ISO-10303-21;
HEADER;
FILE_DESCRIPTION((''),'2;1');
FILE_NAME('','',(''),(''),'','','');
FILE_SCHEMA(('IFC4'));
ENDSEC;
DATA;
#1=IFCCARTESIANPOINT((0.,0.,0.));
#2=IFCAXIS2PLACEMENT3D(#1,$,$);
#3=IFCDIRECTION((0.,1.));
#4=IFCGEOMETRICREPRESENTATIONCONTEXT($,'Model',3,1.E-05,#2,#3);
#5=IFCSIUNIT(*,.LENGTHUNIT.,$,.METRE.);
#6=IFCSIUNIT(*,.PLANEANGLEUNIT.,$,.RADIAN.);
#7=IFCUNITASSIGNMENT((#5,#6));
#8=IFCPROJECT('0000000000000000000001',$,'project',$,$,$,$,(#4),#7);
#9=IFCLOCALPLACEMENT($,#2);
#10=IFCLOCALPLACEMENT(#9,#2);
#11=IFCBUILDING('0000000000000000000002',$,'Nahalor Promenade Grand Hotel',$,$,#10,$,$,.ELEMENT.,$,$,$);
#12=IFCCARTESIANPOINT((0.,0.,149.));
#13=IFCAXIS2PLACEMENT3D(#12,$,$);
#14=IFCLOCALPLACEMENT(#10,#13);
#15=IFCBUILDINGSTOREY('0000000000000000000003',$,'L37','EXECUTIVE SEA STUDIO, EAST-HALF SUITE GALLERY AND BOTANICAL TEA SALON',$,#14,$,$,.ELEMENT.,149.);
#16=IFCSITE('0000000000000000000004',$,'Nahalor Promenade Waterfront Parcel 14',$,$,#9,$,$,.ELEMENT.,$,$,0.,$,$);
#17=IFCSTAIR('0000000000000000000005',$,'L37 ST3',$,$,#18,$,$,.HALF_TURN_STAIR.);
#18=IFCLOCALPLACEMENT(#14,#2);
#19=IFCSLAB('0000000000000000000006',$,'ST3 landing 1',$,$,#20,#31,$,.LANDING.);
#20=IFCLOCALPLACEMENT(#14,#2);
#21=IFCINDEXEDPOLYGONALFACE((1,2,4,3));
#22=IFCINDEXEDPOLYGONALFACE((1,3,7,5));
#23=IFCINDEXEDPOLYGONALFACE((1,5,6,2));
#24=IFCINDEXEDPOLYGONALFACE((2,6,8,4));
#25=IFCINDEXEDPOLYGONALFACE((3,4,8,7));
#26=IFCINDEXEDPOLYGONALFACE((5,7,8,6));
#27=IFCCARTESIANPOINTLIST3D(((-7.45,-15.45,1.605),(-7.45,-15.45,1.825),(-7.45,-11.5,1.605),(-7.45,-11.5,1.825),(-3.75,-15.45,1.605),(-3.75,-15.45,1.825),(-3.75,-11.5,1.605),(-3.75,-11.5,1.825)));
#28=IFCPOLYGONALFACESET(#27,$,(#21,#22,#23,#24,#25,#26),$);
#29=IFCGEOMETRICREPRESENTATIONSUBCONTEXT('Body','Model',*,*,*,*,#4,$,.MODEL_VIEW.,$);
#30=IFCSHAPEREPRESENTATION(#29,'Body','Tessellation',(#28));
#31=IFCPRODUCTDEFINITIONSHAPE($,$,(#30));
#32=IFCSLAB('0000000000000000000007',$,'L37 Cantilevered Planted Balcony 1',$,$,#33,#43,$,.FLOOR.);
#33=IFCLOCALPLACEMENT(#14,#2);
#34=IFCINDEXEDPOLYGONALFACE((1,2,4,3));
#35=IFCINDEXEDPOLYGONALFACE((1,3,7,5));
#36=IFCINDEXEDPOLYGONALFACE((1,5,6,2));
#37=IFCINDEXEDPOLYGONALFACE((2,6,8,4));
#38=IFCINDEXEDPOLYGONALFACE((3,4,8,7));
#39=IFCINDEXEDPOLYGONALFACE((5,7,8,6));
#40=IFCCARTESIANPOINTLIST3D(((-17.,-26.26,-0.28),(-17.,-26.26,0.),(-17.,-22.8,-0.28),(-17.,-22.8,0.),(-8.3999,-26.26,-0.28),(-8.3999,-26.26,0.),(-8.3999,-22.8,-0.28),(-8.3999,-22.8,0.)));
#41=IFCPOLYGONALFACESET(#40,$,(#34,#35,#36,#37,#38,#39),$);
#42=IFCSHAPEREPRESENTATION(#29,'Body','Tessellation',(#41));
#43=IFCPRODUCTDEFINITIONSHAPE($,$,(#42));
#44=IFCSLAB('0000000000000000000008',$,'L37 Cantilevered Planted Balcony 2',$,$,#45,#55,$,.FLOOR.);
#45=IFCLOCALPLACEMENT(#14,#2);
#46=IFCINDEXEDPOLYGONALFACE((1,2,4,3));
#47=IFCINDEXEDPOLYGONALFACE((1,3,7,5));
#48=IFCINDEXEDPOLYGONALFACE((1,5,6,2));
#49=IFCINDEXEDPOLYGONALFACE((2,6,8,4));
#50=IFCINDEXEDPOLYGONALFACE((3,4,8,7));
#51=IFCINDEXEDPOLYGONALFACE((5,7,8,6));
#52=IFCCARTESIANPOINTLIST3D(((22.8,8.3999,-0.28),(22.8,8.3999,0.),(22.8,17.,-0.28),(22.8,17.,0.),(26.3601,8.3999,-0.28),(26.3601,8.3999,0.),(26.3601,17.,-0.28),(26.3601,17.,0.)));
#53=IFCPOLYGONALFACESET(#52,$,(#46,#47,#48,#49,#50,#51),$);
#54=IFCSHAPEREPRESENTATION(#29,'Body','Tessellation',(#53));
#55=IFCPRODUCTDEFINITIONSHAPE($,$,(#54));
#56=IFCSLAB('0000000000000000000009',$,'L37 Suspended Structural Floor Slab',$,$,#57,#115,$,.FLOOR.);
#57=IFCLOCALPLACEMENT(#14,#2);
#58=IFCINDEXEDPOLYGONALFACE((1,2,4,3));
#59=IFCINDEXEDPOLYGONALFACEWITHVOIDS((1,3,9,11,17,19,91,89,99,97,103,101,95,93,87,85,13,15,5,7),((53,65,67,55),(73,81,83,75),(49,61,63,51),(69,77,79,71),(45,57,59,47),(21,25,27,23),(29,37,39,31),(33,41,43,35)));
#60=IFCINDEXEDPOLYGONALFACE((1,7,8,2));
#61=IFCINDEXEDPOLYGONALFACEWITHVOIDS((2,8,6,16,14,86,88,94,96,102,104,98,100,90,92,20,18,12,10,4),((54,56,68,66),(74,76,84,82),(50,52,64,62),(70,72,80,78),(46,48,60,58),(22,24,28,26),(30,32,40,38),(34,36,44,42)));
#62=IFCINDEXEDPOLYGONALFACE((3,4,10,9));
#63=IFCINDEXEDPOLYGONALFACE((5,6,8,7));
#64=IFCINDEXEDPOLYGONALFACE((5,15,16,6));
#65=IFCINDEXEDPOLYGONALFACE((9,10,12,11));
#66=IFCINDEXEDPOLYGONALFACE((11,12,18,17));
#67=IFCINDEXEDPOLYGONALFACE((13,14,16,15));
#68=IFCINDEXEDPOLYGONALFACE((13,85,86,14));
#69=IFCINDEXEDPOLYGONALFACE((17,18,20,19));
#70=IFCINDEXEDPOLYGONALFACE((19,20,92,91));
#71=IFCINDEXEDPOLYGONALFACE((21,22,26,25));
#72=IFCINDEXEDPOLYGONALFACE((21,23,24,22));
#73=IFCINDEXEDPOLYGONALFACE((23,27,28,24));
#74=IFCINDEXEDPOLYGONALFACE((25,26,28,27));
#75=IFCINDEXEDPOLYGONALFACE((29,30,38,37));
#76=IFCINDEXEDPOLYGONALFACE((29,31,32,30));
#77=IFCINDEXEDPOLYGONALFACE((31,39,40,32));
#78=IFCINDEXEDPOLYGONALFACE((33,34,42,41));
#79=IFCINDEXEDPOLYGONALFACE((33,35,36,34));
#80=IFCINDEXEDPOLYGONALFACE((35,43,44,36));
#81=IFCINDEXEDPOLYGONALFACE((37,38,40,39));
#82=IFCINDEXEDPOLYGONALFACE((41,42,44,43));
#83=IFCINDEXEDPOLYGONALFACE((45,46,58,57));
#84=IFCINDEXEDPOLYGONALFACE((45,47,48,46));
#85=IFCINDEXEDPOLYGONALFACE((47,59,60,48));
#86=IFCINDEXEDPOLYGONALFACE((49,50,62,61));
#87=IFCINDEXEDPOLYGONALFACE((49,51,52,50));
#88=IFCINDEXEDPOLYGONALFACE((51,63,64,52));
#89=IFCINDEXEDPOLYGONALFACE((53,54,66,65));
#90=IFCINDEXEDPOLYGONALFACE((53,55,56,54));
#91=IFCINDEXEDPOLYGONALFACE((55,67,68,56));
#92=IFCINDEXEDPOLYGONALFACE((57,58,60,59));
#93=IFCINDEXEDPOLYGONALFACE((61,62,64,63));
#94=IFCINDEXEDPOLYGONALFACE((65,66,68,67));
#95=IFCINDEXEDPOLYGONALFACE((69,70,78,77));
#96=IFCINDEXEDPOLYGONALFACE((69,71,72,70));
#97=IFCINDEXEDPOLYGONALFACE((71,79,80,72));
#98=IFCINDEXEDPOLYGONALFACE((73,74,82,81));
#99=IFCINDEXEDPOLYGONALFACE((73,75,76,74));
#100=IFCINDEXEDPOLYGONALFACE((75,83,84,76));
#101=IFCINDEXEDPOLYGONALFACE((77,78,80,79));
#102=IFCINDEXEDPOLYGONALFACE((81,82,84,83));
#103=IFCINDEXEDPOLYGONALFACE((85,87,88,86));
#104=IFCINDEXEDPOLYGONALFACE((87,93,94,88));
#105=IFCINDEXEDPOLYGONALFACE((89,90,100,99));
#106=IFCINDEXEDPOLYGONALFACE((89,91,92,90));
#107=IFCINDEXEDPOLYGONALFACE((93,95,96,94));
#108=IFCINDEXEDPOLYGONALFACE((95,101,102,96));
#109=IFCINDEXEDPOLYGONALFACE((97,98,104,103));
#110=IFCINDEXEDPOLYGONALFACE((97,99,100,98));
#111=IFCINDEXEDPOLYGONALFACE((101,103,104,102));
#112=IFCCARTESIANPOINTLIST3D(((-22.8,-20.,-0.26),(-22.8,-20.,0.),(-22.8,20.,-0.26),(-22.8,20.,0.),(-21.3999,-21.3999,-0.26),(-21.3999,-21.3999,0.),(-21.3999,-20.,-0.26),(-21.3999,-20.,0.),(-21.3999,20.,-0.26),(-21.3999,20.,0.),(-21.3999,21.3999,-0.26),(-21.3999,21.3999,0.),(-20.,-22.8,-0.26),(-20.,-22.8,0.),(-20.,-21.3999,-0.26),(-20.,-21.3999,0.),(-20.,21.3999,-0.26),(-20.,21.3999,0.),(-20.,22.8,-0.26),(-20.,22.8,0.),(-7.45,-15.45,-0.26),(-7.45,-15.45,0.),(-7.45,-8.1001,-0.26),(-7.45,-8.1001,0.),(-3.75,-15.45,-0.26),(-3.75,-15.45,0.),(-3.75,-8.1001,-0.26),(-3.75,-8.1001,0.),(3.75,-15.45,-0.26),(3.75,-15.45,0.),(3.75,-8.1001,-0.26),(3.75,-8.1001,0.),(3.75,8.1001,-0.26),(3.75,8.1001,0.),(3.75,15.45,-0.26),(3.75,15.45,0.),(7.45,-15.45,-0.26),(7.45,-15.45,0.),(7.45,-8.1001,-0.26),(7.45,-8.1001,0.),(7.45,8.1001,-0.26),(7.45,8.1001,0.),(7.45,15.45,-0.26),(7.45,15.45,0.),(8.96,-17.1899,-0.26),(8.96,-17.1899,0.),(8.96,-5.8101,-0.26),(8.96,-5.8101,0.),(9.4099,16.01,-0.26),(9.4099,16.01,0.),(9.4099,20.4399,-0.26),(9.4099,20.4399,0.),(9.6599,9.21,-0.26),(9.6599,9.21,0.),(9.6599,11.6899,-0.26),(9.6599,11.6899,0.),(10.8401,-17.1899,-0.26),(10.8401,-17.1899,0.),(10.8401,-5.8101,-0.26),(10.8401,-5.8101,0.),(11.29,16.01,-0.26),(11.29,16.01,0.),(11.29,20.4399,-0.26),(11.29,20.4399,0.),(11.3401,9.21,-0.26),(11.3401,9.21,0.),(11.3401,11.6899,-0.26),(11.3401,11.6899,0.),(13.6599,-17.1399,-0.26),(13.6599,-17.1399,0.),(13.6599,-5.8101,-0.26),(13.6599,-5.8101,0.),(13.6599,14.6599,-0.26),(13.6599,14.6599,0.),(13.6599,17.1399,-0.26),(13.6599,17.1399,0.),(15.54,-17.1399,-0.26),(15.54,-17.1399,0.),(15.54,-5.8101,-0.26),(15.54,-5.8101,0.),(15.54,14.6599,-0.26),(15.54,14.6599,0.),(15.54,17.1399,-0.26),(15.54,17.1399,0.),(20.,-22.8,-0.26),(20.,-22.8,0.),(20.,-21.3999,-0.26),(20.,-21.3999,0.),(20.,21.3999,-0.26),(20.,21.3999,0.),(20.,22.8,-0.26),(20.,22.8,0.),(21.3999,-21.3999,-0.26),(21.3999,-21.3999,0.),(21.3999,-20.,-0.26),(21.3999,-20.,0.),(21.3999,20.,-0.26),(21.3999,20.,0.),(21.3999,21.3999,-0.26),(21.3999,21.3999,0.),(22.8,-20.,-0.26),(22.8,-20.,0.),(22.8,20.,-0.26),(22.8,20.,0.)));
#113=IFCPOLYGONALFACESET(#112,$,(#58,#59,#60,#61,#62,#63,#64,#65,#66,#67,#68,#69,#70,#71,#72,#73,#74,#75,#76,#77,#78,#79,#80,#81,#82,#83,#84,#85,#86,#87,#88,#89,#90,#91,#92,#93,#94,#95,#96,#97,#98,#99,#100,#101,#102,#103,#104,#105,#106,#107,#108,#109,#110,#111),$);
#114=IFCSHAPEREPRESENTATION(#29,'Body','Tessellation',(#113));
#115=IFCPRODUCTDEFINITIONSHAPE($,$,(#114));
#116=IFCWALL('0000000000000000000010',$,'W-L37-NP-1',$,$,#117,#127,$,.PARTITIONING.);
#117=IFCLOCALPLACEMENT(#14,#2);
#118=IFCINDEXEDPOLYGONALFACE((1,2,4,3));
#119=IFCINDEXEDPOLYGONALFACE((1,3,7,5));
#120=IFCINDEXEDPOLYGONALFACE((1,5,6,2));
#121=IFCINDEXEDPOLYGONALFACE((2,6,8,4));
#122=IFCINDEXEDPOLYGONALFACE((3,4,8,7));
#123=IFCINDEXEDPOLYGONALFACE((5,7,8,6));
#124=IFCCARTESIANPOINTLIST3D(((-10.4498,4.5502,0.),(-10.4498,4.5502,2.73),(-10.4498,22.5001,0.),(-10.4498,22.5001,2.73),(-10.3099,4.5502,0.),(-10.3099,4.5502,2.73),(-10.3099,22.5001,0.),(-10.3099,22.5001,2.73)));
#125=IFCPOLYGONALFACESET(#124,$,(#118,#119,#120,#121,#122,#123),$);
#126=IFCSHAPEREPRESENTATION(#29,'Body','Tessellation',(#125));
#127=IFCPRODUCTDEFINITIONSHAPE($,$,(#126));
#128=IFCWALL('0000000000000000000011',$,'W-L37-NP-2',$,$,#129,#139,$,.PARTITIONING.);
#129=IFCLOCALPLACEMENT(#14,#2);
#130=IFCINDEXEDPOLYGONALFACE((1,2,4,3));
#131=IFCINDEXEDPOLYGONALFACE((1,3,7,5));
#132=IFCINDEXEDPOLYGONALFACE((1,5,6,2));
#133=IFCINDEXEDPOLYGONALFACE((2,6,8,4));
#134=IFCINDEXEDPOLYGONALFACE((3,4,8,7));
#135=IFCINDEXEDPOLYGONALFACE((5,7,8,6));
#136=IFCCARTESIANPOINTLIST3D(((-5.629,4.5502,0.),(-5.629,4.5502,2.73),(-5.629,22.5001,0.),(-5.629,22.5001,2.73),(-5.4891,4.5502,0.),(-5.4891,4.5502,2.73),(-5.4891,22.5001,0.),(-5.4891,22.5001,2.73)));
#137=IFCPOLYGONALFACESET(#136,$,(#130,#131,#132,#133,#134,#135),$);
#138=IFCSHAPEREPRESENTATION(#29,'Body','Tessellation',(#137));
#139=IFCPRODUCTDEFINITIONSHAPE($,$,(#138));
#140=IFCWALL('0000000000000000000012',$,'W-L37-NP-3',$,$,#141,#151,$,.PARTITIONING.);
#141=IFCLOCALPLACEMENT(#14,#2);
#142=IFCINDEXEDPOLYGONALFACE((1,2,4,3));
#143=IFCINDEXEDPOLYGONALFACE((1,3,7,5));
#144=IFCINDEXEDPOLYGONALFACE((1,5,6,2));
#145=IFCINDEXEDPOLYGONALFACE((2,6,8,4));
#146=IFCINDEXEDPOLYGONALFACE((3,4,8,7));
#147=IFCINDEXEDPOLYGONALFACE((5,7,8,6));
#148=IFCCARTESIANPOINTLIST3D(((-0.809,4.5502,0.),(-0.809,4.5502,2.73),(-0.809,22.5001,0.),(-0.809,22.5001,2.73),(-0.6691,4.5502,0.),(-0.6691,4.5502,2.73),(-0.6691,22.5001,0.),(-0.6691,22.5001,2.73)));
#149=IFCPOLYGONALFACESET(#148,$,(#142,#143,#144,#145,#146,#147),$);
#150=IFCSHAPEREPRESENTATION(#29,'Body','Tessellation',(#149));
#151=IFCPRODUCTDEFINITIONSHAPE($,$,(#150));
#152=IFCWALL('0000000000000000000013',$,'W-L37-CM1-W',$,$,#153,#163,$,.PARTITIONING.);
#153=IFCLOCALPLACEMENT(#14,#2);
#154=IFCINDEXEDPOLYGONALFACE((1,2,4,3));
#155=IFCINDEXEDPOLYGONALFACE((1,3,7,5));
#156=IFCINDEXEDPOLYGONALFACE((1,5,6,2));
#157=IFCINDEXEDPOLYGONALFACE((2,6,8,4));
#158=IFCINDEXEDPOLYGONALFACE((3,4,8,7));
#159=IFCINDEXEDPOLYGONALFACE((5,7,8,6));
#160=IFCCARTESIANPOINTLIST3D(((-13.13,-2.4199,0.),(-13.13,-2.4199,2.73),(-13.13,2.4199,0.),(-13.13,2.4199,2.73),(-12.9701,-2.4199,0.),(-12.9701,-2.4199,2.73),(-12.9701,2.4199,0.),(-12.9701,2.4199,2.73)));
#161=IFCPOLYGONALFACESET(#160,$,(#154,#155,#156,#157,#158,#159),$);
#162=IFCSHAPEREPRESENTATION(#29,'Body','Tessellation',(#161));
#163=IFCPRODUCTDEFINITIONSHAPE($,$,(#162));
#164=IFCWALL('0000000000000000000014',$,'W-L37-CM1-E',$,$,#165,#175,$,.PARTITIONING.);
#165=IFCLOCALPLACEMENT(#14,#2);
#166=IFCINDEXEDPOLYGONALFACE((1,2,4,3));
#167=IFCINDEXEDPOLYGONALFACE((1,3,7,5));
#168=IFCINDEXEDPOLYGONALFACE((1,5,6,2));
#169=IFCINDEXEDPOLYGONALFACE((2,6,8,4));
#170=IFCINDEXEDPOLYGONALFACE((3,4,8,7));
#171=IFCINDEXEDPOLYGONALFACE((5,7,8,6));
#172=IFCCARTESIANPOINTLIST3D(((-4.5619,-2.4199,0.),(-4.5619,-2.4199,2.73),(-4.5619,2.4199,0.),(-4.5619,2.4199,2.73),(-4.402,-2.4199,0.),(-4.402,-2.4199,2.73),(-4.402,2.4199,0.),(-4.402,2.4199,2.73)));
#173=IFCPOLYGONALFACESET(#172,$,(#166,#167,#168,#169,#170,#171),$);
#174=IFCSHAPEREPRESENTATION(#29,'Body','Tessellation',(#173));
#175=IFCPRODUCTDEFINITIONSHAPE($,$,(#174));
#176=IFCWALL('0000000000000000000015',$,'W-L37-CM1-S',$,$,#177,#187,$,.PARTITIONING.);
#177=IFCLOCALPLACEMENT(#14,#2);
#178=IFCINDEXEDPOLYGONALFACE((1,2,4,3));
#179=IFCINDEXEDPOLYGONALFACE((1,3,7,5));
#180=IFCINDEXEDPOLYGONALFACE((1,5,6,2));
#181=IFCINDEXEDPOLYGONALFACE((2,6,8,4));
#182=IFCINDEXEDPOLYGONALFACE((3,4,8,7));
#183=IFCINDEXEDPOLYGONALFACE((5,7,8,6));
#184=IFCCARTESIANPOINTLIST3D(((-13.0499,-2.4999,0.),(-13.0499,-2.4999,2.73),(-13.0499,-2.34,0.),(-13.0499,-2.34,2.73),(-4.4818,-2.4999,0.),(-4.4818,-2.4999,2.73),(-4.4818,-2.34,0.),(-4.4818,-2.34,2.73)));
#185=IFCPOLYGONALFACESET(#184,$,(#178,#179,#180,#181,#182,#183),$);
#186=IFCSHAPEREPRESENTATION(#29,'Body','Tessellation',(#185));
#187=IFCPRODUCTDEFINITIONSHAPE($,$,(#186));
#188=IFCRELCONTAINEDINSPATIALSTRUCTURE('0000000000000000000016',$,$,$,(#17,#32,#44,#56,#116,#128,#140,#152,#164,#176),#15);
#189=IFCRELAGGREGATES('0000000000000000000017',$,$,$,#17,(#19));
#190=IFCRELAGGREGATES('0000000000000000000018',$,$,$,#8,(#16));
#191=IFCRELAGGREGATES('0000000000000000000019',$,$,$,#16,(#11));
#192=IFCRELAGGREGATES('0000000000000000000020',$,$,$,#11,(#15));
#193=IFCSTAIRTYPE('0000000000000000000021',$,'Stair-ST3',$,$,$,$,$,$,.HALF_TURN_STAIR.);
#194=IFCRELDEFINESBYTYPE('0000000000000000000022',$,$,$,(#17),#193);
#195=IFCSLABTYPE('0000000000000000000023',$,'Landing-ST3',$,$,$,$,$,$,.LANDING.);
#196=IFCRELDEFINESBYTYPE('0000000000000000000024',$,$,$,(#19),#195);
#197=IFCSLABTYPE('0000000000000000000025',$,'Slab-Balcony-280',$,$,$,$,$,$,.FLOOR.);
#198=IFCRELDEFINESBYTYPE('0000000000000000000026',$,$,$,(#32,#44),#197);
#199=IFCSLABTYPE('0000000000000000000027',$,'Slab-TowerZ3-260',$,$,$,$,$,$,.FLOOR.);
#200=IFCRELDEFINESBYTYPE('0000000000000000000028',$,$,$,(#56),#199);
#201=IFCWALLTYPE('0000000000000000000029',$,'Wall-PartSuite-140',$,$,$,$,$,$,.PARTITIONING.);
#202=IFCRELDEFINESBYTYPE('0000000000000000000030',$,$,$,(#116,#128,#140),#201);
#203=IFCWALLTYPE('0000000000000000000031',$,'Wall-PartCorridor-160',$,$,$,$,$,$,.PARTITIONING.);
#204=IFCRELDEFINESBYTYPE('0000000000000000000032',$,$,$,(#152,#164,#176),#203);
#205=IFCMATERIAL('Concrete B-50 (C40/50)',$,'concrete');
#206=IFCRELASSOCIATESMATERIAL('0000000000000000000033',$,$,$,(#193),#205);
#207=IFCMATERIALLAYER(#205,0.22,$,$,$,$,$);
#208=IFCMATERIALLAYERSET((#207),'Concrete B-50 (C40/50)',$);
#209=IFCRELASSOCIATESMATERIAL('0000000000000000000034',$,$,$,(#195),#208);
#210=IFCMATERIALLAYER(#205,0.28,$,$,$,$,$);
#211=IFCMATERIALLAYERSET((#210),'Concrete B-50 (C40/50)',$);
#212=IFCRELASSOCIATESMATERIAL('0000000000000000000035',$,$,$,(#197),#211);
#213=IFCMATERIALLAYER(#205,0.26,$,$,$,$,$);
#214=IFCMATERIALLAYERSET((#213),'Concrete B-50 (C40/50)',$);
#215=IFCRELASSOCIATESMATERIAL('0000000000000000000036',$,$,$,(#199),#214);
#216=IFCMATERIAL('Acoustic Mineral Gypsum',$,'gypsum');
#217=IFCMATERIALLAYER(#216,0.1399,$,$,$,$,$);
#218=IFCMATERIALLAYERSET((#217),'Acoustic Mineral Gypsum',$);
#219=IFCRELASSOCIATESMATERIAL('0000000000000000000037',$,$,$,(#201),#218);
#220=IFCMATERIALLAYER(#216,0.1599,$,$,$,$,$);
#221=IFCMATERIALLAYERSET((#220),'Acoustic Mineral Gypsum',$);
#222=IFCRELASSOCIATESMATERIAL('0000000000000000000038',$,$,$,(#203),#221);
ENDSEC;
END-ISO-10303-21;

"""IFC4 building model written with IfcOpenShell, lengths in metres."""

from ifc_helpers import new_model, si_unit, direction, frame, frame_2d, origin, place, context, subcontext, project, spatial, polyline, rectangle, outline, extrude, source, transform, mapped, material, layer, layer_set, type_object, element, aggregate, save


model = new_model("IFC4")

# Units and contexts
model_context = context("Model", 3, precision=1e-05, world=origin(), true_north=direction((0.0, 1.0)))
body_context = subcontext(model_context, "Body", "Model", "MODEL_VIEW")
ifc_project = project(units=[si_unit("LENGTHUNIT", "METRE"), si_unit("PLANEANGLEUNIT", "RADIAN")], contexts=[model_context])

# Site, building, storey
site_placement = place(None, origin())
site = spatial("IfcSite", under=ifc_project, at=site_placement, Name="Nahalor Promenade Waterfront Parcel 14", CompositionType="ELEMENT", RefElevation=0.0)
building_placement = place(site_placement, origin())
building = spatial("IfcBuilding", under=site, at=building_placement, Name="Nahalor Promenade Grand Hotel", CompositionType="ELEMENT")
storey_placement = place(building_placement, frame((0.0, 0.0, 149.0)))
storey = spatial("IfcBuildingStorey", under=building, at=storey_placement, Name="L37", Description="EXECUTIVE SEA STUDIO, EAST-HALF SUITE GALLERY AND BOTANICAL TEA SALON", CompositionType="ELEMENT", Elevation=149.0)

# Stair, slab
ifc_material_1 = material(Name="Concrete B-50 (C40/50)", Category="concrete")
stair_type_1 = type_object("IfcStairType", Name="Stair-ST3", PredefinedType="HALF_TURN_STAIR", material=ifc_material_1)
stair_1_placement = place(storey_placement, origin())
stair_1 = element("IfcStair", 1, at=stair_1_placement, inside=storey, type_object=stair_type_1, Name="L37 ST3", PredefinedType="HALF_TURN_STAIR")
ifc_layer_1 = layer(ifc_material_1, 0.22)
ifc_layer_set_1 = layer_set([ifc_layer_1], Name="Concrete B-50 (C40/50)")
slab_type_1 = type_object("IfcSlabType", Name="Landing-ST3", PredefinedType="LANDING", material=ifc_layer_set_1)
slab_1_placement = place(storey_placement, frame((0.0, 0.0, 1.605)))
slab_1 = element("IfcSlab", 2, at=slab_1_placement, type_object=slab_type_1, Name="ST3 landing 1", PredefinedType="LANDING", context=body_context, shape_type="SweptSolid", body=[
    extrude(outline(polyline([(-7.45, -11.5), (-7.45, -15.45), (-3.75, -15.45), (-3.75, -11.5), (-7.45, -11.5)])), origin(), (0.0, 0.0, 1.0), 0.22),
])
aggregate(stair_1, [slab_1])

# Slabs
ifc_layer_2 = layer(ifc_material_1, 0.28)
ifc_layer_set_2 = layer_set([ifc_layer_2], Name="Concrete B-50 (C40/50)")
slab_type_2 = type_object("IfcSlabType", Name="Slab-Balcony-280", PredefinedType="FLOOR", material=ifc_layer_set_2)
slab_2_placement = place(storey_placement, frame((0.0, 0.0, -0.28)))
element("IfcSlab", 3, at=slab_2_placement, inside=storey, type_object=slab_type_2, Name="L37 Cantilevered Planted Balcony 1", PredefinedType="FLOOR", context=body_context, shape_type="SweptSolid", body=[
    extrude(outline(polyline([(-17.0, -26.26), (-8.3999, -26.26), (-8.3999, -22.8), (-17.0, -22.8), (-17.0, -26.26)])), origin(), (0.0, 0.0, 1.0), 0.28),
])
slab_3_placement = place(storey_placement, frame((0.0, 0.0, -0.28)))
element("IfcSlab", 4, at=slab_3_placement, inside=storey, type_object=slab_type_2, Name="L37 Cantilevered Planted Balcony 2", PredefinedType="FLOOR", context=body_context, shape_type="SweptSolid", body=[
    extrude(outline(polyline([(22.8, 8.3999), (26.3601, 8.3999), (26.3601, 17.0), (22.8, 17.0), (22.8, 8.3999)])), origin(), (0.0, 0.0, 1.0), 0.28),
])
ifc_layer_3 = layer(ifc_material_1, 0.26)
ifc_layer_set_3 = layer_set([ifc_layer_3], Name="Concrete B-50 (C40/50)")
slab_type_3 = type_object("IfcSlabType", Name="Slab-TowerZ3-260", PredefinedType="FLOOR", material=ifc_layer_set_3)
slab_4_placement = place(storey_placement, frame((0.0, 0.0, -0.26)))
element("IfcSlab", 5, at=slab_4_placement, inside=storey, type_object=slab_type_3, Name="L37 Suspended Structural Floor Slab", PredefinedType="FLOOR", context=body_context, shape_type="SweptSolid", body=[
    extrude(outline(polyline([(-20.0, -22.8), (20.0, -22.8), (20.0, -21.3999), (21.3999, -21.3999), (21.3999, -20.0), (22.8, -20.0), (22.8, 20.0), (21.3999, 20.0), (21.3999, 21.3999), (20.0, 21.3999), (20.0, 22.8), (-20.0, 22.8), (-20.0, 21.3999), (-21.3999, 21.3999), (-21.3999, 20.0), (-22.8, 20.0), (-22.8, -20.0), (-21.3999, -20.0), (-21.3999, -21.3999), (-20.0, -21.3999), (-20.0, -22.8)]), holes=[polyline([(3.75, 8.1001), (7.45, 8.1001), (7.45, 15.45), (3.75, 15.45), (3.75, 8.1001)]), polyline([(3.75, -15.45), (7.45, -15.45), (7.45, -8.1001), (3.75, -8.1001), (3.75, -15.45)]), polyline([(-7.45, -15.45), (-3.75, -15.45), (-3.75, -8.1001), (-7.45, -8.1001), (-7.45, -15.45)]), polyline([(13.6599, -17.1399), (15.54, -17.1399), (15.54, -5.8101), (13.6599, -5.8101), (13.6599, -17.1399)]), polyline([(8.96, -17.1899), (10.8401, -17.1899), (10.8401, -5.8101), (8.96, -5.8101), (8.96, -17.1899)]), polyline([(9.4099, 16.01), (11.29, 16.01), (11.29, 20.4399), (9.4099, 20.4399), (9.4099, 16.01)]), polyline([(9.6599, 9.21), (11.3401, 9.21), (11.3401, 11.6899), (9.6599, 11.6899), (9.6599, 9.21)]), polyline([(13.6599, 14.6599), (15.54, 14.6599), (15.54, 17.1399), (13.6599, 17.1399), (13.6599, 14.6599)])]), origin(), (0.0, 0.0, 1.0), 0.26),
])

# Walls
ifc_material_2 = material(Name="Acoustic Mineral Gypsum", Category="gypsum")
ifc_layer_4 = layer(ifc_material_2, 0.1399)
ifc_layer_set_4 = layer_set([ifc_layer_4], Name="Acoustic Mineral Gypsum")
wall_type_1 = type_object("IfcWallType", Name="Wall-PartSuite-140", PredefinedType="PARTITIONING", material=ifc_layer_set_4)
shared_shape_1 = source(origin(), body_context, "Body", "SweptSolid", [
    extrude(rectangle(XDim=17.95, YDim=0.1399, at=frame_2d((8.9751, 0.0))), origin(), (0.0, 0.0, 1.0), 2.73),
])
for number, where, z_axis, x_axis, name in (
    (6, (-10.3799, 4.55, 0.0), (0.0, 0.0, 1.0), (0.0, 1.0, 0.0), "W-L37-NP-1"),
    (7, (-5.5591, 4.55, 0.0), (0.0, 0.0, 1.0), (0.0, 1.0, 0.0), "W-L37-NP-2"),
    (8, (-0.739, 4.55, 0.0), (0.0, 0.0, 1.0), (0.0, 1.0, 0.0), "W-L37-NP-3"),
):
    element("IfcWall", number, at=place(storey_placement, frame(where, z_axis=z_axis, x_axis=x_axis)), inside=storey, type_object=wall_type_1, Name=name, PredefinedType="PARTITIONING", context=body_context, shape_type="MappedRepresentation", body=[
        mapped(shared_shape_1, transform((0.0, 0.0, 0.0), scale=1.0)),
    ])

# Shared definitions
ifc_layer_5 = layer(ifc_material_2, 0.1599)
ifc_layer_set_5 = layer_set([ifc_layer_5], Name="Acoustic Mineral Gypsum")
wall_type_2 = type_object("IfcWallType", Name="Wall-PartCorridor-160", PredefinedType="PARTITIONING", material=ifc_layer_set_5)

# Walls
shared_shape_2 = source(origin(), body_context, "Body", "SweptSolid", [
    extrude(rectangle(XDim=4.8398, YDim=0.1599, at=frame_2d((2.4199, 0.0))), origin(), (0.0, 0.0, 1.0), 2.73),
])
for number, where, z_axis, x_axis, name in (
    (9, (-13.05, -2.4199, 0.0), (0.0, 0.0, 1.0), (0.0, 1.0, 0.0), "W-L37-CM1-W"),
    (10, (-4.4819, -2.4199, 0.0), (0.0, 0.0, 1.0), (0.0, 1.0, 0.0), "W-L37-CM1-E"),
):
    element("IfcWall", number, at=place(storey_placement, frame(where, z_axis=z_axis, x_axis=x_axis)), inside=storey, type_object=wall_type_2, Name=name, PredefinedType="PARTITIONING", context=body_context, shape_type="MappedRepresentation", body=[
        mapped(shared_shape_2, transform((0.0, 0.0, 0.0), scale=1.0)),
    ])
shared_shape_3 = source(origin(), body_context, "Body", "SweptSolid", [
    extrude(rectangle(XDim=8.5681, YDim=0.1599, at=frame_2d((4.2842, 0.0))), origin(), (0.0, 0.0, 1.0), 2.73),
])
wall_1_placement = place(storey_placement, frame((-13.05, -2.4199, 0.0), z_axis=(0.0, 0.0, 1.0), x_axis=(1.0, 0.0, 0.0)))
element("IfcWall", 11, at=wall_1_placement, inside=storey, type_object=wall_type_2, Name="W-L37-CM1-S", PredefinedType="PARTITIONING", context=body_context, shape_type="MappedRepresentation", body=[
    mapped(shared_shape_3, transform((0.0, 0.0, 0.0), scale=1.0)),
])

save(model, "model.ifc")
